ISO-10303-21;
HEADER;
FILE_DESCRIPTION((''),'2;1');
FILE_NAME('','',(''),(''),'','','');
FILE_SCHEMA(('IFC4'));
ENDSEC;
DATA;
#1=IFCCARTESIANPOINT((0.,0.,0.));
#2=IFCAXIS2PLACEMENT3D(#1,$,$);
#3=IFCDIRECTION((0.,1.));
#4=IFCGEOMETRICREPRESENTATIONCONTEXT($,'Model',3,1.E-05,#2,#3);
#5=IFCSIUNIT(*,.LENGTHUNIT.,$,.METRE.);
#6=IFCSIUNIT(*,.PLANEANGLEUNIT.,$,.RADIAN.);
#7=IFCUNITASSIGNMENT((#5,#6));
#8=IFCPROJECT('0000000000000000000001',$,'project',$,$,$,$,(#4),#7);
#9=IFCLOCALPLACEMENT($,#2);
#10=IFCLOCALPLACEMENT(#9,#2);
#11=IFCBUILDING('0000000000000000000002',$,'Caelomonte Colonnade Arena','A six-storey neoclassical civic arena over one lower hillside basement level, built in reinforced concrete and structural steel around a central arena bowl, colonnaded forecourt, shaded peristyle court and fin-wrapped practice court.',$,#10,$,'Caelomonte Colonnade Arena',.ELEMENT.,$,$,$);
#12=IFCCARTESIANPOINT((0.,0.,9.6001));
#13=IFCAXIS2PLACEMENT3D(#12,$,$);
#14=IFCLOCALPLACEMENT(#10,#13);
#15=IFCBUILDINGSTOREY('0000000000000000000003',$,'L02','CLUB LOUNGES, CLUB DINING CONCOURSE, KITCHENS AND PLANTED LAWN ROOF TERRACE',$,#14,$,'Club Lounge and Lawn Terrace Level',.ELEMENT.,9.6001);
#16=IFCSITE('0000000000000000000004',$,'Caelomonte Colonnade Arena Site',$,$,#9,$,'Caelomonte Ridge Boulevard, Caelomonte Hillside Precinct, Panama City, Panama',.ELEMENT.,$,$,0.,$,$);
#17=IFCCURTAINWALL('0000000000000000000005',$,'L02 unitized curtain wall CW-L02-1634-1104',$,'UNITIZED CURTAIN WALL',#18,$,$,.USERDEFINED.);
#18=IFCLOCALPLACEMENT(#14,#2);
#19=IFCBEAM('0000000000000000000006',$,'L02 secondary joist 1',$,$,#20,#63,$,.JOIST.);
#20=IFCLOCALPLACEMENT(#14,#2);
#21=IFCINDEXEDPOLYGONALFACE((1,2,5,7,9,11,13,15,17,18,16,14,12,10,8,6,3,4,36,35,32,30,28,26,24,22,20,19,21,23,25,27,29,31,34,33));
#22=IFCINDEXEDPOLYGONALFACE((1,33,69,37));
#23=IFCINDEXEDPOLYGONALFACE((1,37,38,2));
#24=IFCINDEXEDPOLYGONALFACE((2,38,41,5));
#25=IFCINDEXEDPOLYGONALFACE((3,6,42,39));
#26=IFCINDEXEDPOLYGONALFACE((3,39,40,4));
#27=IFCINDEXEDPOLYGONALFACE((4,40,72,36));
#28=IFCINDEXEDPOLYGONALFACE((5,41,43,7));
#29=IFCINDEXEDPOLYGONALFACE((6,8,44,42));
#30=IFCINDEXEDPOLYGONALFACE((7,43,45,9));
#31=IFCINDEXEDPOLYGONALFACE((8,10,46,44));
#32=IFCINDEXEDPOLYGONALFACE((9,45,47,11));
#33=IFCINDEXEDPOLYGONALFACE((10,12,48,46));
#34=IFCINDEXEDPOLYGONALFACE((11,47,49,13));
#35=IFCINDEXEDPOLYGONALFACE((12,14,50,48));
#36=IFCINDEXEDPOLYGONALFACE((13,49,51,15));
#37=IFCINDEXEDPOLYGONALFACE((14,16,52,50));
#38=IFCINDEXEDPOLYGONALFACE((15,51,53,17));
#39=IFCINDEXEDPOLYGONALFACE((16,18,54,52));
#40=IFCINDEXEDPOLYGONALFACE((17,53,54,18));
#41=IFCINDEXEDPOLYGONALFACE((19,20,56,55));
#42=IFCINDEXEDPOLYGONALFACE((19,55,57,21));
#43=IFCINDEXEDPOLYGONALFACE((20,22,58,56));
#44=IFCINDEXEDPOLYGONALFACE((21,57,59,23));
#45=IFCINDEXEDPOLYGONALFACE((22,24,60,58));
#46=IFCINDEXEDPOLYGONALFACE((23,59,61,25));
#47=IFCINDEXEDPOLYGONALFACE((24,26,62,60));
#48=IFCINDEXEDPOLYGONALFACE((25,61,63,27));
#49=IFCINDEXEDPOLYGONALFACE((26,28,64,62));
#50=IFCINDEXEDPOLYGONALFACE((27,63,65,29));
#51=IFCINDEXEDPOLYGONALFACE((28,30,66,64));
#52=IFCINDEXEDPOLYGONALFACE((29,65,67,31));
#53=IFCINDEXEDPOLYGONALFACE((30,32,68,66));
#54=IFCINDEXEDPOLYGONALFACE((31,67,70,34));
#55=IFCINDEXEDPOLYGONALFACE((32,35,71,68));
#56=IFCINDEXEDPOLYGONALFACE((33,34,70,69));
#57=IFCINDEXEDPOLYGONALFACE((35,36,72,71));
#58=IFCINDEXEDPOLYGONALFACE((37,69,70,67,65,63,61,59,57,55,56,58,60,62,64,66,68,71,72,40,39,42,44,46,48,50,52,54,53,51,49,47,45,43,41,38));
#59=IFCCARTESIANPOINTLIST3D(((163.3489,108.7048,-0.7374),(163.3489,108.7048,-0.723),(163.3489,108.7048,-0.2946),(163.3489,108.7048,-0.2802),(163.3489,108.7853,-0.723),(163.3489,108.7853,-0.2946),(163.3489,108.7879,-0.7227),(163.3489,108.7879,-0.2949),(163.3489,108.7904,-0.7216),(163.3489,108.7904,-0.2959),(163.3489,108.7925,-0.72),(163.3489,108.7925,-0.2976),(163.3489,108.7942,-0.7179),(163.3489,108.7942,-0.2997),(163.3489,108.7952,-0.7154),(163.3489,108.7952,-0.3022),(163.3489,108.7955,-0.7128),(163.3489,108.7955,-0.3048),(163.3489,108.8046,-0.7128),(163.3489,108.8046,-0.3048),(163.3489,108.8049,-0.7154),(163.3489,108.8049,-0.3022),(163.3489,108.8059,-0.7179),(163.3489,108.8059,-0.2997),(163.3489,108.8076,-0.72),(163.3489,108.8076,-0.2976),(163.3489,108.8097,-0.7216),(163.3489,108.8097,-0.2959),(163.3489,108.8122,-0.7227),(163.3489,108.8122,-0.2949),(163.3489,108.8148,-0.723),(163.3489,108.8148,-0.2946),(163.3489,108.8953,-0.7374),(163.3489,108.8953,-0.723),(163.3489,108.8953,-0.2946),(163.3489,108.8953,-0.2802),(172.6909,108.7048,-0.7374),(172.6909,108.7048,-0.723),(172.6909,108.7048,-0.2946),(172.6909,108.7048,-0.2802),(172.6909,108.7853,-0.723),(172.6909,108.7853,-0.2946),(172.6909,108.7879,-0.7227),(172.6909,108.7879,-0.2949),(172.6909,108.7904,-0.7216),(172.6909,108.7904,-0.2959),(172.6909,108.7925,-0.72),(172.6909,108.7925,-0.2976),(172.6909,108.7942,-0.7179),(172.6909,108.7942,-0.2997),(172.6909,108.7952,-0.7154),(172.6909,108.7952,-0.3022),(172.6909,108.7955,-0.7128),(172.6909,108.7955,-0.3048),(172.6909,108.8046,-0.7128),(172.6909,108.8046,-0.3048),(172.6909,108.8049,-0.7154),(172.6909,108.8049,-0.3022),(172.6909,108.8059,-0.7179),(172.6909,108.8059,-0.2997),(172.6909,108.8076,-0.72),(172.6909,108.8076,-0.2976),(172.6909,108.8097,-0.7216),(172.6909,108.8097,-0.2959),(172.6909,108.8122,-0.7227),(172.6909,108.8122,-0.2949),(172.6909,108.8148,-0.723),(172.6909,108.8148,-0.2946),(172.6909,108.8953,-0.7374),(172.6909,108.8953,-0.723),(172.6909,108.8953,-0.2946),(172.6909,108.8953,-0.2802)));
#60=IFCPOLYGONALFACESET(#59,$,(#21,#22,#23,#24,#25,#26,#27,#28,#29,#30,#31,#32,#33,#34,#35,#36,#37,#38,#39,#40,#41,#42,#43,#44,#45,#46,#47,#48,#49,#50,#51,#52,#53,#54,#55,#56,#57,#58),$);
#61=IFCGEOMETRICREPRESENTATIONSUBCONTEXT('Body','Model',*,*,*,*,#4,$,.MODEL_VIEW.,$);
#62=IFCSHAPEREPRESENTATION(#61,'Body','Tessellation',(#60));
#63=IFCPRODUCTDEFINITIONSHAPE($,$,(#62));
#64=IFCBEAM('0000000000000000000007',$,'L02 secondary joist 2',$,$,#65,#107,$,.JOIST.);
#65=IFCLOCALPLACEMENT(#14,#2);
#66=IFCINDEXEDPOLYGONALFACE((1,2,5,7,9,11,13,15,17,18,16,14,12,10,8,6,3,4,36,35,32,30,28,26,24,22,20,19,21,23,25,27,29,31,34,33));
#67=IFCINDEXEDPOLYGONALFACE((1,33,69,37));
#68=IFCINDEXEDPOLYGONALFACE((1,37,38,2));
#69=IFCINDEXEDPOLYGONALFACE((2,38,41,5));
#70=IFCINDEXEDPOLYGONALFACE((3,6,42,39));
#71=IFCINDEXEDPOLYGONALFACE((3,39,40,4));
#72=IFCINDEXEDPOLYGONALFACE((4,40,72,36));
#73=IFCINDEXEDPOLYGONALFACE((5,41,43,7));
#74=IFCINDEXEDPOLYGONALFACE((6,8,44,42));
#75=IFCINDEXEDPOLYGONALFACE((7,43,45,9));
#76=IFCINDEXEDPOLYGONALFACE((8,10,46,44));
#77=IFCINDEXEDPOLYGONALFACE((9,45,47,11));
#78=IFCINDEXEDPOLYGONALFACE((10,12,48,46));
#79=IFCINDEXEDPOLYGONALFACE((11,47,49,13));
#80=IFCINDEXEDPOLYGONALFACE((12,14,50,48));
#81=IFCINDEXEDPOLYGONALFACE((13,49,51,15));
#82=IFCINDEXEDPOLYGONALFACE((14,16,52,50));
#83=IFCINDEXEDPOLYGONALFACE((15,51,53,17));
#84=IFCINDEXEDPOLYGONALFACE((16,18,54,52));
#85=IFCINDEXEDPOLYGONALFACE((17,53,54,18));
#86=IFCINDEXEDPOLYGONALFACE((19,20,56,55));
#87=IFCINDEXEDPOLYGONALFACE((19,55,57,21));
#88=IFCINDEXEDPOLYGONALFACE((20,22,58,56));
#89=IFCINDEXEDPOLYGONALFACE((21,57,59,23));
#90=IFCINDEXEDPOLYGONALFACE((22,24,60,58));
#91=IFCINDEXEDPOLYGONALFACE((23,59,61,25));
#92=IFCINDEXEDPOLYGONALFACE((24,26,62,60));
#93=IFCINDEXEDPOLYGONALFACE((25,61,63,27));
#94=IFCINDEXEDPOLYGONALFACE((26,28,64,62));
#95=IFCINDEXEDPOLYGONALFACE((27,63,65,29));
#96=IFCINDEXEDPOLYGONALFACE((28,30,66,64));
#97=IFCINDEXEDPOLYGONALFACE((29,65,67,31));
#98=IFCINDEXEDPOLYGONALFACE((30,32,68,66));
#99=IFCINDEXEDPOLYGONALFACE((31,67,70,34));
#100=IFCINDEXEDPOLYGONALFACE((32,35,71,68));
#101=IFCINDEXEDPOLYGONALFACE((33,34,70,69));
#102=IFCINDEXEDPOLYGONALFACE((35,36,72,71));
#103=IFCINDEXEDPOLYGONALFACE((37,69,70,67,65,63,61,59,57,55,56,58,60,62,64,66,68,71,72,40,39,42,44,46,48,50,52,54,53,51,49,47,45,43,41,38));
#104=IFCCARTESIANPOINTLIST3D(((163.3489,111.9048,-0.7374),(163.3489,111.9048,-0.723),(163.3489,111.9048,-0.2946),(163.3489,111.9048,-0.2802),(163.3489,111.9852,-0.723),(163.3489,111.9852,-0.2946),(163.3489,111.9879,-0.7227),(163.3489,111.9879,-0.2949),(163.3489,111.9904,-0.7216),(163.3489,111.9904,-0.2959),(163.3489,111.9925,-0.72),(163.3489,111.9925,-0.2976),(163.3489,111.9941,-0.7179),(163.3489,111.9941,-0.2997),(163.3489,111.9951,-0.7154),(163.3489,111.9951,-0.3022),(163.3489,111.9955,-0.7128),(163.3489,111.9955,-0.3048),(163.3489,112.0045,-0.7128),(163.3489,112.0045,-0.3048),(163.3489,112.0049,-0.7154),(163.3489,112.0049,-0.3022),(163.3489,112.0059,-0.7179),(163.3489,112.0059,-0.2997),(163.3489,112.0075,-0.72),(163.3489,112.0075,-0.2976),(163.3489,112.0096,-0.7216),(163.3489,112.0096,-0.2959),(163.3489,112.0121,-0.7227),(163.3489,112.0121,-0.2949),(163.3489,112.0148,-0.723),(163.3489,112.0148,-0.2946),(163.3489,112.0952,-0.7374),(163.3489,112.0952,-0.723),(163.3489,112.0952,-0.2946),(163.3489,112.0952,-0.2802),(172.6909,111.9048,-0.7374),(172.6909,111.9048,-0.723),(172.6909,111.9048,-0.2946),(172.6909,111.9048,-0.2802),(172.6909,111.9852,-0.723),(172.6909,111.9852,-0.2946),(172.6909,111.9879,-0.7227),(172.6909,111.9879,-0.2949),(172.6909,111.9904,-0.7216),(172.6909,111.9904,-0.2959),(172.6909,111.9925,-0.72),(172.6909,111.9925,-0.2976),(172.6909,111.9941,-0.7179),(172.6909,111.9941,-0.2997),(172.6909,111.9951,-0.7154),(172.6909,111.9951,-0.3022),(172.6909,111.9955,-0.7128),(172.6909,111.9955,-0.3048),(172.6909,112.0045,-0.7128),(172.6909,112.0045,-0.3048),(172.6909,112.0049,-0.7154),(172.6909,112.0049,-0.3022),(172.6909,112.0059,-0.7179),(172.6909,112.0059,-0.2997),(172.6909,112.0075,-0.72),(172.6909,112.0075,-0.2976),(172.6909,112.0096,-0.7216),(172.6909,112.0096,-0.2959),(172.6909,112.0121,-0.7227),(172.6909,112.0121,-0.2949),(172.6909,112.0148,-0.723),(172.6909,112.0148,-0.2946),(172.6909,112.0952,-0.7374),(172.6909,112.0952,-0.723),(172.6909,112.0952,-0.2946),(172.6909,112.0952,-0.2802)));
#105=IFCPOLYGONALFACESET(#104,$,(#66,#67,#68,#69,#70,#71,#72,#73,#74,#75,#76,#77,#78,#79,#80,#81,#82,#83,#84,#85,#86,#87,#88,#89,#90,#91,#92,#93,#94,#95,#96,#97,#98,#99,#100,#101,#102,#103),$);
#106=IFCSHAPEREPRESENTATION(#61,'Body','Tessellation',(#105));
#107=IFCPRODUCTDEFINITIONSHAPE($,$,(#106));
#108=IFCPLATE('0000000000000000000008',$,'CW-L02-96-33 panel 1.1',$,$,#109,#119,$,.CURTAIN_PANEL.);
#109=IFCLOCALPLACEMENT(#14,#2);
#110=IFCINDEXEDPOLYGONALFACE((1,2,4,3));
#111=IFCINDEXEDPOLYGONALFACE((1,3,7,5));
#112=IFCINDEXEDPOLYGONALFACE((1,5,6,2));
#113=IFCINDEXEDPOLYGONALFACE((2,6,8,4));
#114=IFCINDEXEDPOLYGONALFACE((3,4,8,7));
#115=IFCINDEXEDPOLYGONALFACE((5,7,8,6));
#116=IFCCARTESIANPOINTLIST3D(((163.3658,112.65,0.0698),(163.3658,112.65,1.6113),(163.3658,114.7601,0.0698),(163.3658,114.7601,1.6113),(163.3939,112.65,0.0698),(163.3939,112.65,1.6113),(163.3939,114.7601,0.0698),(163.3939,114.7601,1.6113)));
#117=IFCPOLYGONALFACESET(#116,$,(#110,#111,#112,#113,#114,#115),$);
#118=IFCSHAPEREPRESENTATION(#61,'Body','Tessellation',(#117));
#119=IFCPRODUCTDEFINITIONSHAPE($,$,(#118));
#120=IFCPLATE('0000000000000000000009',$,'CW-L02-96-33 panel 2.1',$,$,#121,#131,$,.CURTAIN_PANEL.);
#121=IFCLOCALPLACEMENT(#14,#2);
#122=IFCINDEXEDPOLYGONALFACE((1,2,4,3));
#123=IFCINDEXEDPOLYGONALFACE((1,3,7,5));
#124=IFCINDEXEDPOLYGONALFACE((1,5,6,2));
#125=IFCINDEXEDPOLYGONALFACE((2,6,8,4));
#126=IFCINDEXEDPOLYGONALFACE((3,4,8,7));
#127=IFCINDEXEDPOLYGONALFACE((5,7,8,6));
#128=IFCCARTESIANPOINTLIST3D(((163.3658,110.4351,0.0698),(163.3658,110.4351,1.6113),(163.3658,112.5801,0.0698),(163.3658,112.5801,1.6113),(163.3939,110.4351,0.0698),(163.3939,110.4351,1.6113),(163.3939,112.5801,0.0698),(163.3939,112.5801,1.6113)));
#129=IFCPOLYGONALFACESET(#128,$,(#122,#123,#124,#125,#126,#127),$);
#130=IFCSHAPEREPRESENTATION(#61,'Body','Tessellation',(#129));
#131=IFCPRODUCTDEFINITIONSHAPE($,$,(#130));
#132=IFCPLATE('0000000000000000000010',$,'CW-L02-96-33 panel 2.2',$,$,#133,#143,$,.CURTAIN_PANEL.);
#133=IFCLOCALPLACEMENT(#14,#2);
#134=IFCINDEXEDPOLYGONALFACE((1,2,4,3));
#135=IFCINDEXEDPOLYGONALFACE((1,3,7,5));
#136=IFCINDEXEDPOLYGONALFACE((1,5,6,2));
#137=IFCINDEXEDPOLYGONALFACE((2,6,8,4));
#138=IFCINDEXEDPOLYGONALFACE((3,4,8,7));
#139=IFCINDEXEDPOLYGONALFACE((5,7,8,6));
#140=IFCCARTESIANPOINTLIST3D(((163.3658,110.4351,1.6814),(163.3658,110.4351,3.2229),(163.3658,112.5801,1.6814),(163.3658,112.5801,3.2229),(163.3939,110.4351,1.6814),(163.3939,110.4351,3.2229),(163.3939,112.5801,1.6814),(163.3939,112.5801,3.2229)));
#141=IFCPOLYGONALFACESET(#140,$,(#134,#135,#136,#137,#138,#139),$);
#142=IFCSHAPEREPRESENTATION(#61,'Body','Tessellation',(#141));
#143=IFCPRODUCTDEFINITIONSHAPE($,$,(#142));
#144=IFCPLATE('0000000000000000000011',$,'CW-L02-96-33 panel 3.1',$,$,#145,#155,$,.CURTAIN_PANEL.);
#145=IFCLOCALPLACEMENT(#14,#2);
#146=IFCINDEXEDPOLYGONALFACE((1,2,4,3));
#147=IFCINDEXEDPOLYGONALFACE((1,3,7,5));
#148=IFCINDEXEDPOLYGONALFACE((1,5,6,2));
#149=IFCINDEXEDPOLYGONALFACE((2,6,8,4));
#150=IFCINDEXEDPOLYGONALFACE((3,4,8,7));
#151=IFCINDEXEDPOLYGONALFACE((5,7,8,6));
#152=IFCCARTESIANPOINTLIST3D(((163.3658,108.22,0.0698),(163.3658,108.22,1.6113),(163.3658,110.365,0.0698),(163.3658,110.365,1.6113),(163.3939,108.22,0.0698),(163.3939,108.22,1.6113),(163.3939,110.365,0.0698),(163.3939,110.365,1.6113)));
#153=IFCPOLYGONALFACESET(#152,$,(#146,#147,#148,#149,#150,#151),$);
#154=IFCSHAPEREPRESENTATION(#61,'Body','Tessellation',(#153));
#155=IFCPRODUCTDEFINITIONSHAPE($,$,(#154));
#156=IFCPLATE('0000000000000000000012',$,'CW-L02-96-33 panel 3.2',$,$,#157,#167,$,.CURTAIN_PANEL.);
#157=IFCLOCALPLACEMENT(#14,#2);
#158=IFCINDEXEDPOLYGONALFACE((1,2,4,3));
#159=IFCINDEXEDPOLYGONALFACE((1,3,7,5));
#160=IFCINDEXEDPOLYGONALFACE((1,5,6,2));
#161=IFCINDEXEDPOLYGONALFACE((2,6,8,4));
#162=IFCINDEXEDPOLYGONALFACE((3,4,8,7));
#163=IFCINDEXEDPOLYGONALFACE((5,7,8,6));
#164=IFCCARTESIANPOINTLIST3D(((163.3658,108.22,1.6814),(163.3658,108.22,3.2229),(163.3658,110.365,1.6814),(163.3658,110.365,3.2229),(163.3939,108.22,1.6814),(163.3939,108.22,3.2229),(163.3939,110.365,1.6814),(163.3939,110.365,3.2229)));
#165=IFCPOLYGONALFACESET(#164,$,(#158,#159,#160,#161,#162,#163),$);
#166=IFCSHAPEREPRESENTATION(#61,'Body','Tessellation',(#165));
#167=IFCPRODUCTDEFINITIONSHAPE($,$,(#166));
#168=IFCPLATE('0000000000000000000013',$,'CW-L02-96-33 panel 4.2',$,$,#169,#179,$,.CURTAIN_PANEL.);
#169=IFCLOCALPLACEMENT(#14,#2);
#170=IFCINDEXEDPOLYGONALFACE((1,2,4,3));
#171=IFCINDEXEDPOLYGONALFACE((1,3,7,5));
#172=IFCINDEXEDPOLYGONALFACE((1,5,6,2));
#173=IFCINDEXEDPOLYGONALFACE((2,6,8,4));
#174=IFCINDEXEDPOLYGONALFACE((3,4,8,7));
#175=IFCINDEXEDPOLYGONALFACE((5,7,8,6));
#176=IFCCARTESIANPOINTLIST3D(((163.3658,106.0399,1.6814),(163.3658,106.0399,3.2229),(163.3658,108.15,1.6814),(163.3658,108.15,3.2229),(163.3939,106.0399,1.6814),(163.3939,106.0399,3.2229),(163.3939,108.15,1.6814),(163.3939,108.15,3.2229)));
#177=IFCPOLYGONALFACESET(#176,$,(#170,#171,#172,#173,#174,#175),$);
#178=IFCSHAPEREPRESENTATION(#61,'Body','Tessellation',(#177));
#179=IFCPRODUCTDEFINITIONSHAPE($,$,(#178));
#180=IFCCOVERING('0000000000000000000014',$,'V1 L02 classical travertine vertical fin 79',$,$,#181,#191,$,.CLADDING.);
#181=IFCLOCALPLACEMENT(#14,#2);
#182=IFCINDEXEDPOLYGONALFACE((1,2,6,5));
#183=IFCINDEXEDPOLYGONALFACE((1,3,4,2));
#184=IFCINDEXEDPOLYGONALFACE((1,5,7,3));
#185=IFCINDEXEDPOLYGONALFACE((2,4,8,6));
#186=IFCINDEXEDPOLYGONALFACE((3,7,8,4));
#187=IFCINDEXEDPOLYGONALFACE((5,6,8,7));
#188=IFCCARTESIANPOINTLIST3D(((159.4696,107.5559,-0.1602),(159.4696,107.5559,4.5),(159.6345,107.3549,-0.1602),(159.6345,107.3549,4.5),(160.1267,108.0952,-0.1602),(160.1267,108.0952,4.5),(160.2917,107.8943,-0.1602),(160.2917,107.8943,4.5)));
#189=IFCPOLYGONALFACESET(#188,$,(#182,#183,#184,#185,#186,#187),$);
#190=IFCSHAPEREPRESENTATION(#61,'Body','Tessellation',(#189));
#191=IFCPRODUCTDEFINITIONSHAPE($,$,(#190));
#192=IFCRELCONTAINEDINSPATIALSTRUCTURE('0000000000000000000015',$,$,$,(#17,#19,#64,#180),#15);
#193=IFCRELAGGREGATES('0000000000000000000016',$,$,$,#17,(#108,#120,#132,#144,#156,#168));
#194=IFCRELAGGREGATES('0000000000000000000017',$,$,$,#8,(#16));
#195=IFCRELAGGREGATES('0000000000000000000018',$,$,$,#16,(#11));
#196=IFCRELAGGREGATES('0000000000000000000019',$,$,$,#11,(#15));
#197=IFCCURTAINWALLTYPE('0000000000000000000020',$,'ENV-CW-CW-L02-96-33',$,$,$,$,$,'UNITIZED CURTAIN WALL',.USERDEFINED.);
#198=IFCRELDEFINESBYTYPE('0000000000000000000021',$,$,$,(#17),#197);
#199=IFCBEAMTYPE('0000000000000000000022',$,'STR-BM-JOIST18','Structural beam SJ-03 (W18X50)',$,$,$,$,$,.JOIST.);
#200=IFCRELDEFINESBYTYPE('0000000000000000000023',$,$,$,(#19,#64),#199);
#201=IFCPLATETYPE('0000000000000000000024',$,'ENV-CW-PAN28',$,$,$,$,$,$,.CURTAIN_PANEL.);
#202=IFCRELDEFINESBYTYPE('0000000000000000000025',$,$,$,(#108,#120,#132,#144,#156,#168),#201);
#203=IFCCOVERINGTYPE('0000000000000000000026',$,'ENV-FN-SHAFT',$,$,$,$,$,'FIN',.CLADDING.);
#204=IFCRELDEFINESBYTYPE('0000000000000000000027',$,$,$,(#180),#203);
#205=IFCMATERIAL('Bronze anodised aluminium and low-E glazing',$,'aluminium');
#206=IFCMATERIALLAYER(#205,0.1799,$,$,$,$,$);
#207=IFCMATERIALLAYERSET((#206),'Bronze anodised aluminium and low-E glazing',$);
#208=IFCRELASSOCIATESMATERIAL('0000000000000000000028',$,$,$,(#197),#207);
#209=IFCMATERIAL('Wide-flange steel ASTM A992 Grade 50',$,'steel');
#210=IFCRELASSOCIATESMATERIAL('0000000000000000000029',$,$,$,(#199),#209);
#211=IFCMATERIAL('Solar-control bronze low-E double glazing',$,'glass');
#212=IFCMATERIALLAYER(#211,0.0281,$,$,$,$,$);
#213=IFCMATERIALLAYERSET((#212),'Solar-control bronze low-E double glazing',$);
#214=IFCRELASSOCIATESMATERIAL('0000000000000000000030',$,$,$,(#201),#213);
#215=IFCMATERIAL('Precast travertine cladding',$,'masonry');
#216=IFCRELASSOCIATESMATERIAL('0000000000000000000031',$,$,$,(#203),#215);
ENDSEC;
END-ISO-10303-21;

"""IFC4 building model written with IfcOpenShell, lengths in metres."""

from ifc_helpers import new_model, si_unit, direction, frame, origin, origin_2d, place, context, subcontext, project, spatial, rectangle, i_section, extrude, material, layer, layer_set, material_profile, profile_set, type_object, element, aggregate, save


model = new_model("IFC4")

# Units and contexts
model_context = context("Model", 3, precision=1e-05, world=origin(), true_north=direction((0.0, 1.0)))
body_context = subcontext(model_context, "Body", "Model", "MODEL_VIEW")
ifc_project = project(units=[si_unit("LENGTHUNIT", "METRE"), si_unit("PLANEANGLEUNIT", "RADIAN")], contexts=[model_context])

# Site, building, storey
site_placement = place(None, origin())
site = spatial("IfcSite", under=ifc_project, at=site_placement, Name="Caelomonte Colonnade Arena Site", LongName="Caelomonte Ridge Boulevard, Caelomonte Hillside Precinct, Panama City, Panama", CompositionType="ELEMENT", RefElevation=0.0)
building_placement = place(site_placement, origin())
building = spatial("IfcBuilding", under=site, at=building_placement, Name="Caelomonte Colonnade Arena", Description="A six-storey neoclassical civic arena over one lower hillside basement level, built in reinforced concrete and structural steel around a central arena bowl, colonnaded forecourt, shaded peristyle court and fin-wrapped practice court.", LongName="Caelomonte Colonnade Arena", CompositionType="ELEMENT")
storey_placement = place(building_placement, frame((0.0, 0.0, 9.6001)))
storey = spatial("IfcBuildingStorey", under=building, at=storey_placement, Name="L02", Description="CLUB LOUNGES, CLUB DINING CONCOURSE, KITCHENS AND PLANTED LAWN ROOF TERRACE", LongName="Club Lounge and Lawn Terrace Level", CompositionType="ELEMENT", Elevation=9.6001)

# Curtain wall
ifc_material_1 = material(Name="Bronze anodised aluminium and low-E glazing", Category="aluminium")
ifc_layer_1 = layer(ifc_material_1, 0.1799)
ifc_layer_set_1 = layer_set([ifc_layer_1], Name="Bronze anodised aluminium and low-E glazing")
curtain_wall_type_1 = type_object("IfcCurtainWallType", Name="ENV-CW-CW-L02-96-33", ElementType="UNITIZED CURTAIN WALL", PredefinedType="USERDEFINED", material=ifc_layer_set_1)
curtain_wall_1_placement = place(storey_placement, origin())
curtain_wall_1 = element("IfcCurtainWall", 1, at=curtain_wall_1_placement, inside=storey, type_object=curtain_wall_type_1, Name="L02 unitized curtain wall CW-L02-1634-1104", ObjectType="UNITIZED CURTAIN WALL", PredefinedType="USERDEFINED")

# Beams
ifc_material_2 = material(Name="Wide-flange steel ASTM A992 Grade 50", Category="steel")
ifc_material_profile_1 = material_profile(ifc_material_2, i_section(OverallWidth=0.1904, OverallDepth=0.4573, WebThickness=0.009, FlangeThickness=0.0144, FilletRadius=0.0103, at=origin_2d()), Name="W18X50")
ifc_profile_set_1 = profile_set([ifc_material_profile_1], Name="Wide-flange steel ASTM A992 Grade 50")
beam_type = type_object("IfcBeamType", Name="STR-BM-JOIST18", Description="Structural beam SJ-03 (W18X50)", PredefinedType="JOIST", material=ifc_profile_set_1)
for number, where, z_axis, x_axis, name in (
    (2, (163.3489, 108.8, -0.5088), (1.0, 0.0, 0.0), (0.0, 1.0, 0.0), "L02 secondary joist 1"),
    (3, (163.3489, 112.0, -0.5088), (1.0, 0.0, 0.0), (0.0, 1.0, 0.0), "L02 secondary joist 2"),
):
    element("IfcBeam", number, at=place(storey_placement, frame(where, z_axis=z_axis, x_axis=x_axis)), inside=storey, type_object=beam_type, Name=name, PredefinedType="JOIST", context=body_context, shape_type="SweptSolid", body=[
        extrude(i_section(OverallWidth=0.1904, OverallDepth=0.4573, WebThickness=0.009, FlangeThickness=0.0144, FilletRadius=0.0103, at=origin_2d()), origin(), (0.0, 0.0, 1.0), 9.342),
    ])

# Plates
ifc_material_3 = material(Name="Solar-control bronze low-E double glazing", Category="glass")
ifc_layer_2 = layer(ifc_material_3, 0.0281)
ifc_layer_set_2 = layer_set([ifc_layer_2], Name="Solar-control bronze low-E double glazing")
plate_type = type_object("IfcPlateType", Name="ENV-CW-PAN28", PredefinedType="CURTAIN_PANEL", material=ifc_layer_set_2)
plate_1_placement = place(storey_placement, frame((163.3799, 113.7051, 0.0698), z_axis=(0.0, 0.0, 1.0), x_axis=(0.0, -1.0, 0.0)))
plate_1 = element("IfcPlate", 4, at=plate_1_placement, type_object=plate_type, Name="CW-L02-96-33 panel 1.1", PredefinedType="CURTAIN_PANEL", context=body_context, shape_type="SweptSolid", body=[
    extrude(rectangle(XDim=2.1101, YDim=0.0281, at=origin_2d()), origin(), (0.0, 0.0, 1.0), 1.5415),
])
plate_2_placement = place(storey_placement, frame((163.3799, 111.5076, 0.0698), z_axis=(0.0, 0.0, 1.0), x_axis=(0.0, -1.0, 0.0)))
plate_2 = element("IfcPlate", 5, at=plate_2_placement, type_object=plate_type, Name="CW-L02-96-33 panel 2.1", PredefinedType="CURTAIN_PANEL", context=body_context, shape_type="SweptSolid", body=[
    extrude(rectangle(XDim=2.145, YDim=0.0281, at=origin_2d()), origin(), (0.0, 0.0, 1.0), 1.5415),
])
plate_3_placement = place(storey_placement, frame((163.3799, 111.5076, 1.6814), z_axis=(0.0, 0.0, 1.0), x_axis=(0.0, -1.0, 0.0)))
plate_3 = element("IfcPlate", 6, at=plate_3_placement, type_object=plate_type, Name="CW-L02-96-33 panel 2.2", PredefinedType="CURTAIN_PANEL", context=body_context, shape_type="SweptSolid", body=[
    extrude(rectangle(XDim=2.145, YDim=0.0281, at=origin_2d()), origin(), (0.0, 0.0, 1.0), 1.5415),
])
plate_4_placement = place(storey_placement, frame((163.3799, 109.2925, 0.0698), z_axis=(0.0, 0.0, 1.0), x_axis=(0.0, -1.0, 0.0)))
plate_4 = element("IfcPlate", 7, at=plate_4_placement, type_object=plate_type, Name="CW-L02-96-33 panel 3.1", PredefinedType="CURTAIN_PANEL", context=body_context, shape_type="SweptSolid", body=[
    extrude(rectangle(XDim=2.145, YDim=0.0281, at=origin_2d()), origin(), (0.0, 0.0, 1.0), 1.5415),
])
plate_5_placement = place(storey_placement, frame((163.3799, 109.2925, 1.6814), z_axis=(0.0, 0.0, 1.0), x_axis=(0.0, -1.0, 0.0)))
plate_5 = element("IfcPlate", 8, at=plate_5_placement, type_object=plate_type, Name="CW-L02-96-33 panel 3.2", PredefinedType="CURTAIN_PANEL", context=body_context, shape_type="SweptSolid", body=[
    extrude(rectangle(XDim=2.145, YDim=0.0281, at=origin_2d()), origin(), (0.0, 0.0, 1.0), 1.5415),
])
plate_6_placement = place(storey_placement, frame((163.3799, 107.095, 1.6814), z_axis=(0.0, 0.0, 1.0), x_axis=(0.0, -1.0, 0.0)))
plate_6 = element("IfcPlate", 9, at=plate_6_placement, type_object=plate_type, Name="CW-L02-96-33 panel 4.2", PredefinedType="CURTAIN_PANEL", context=body_context, shape_type="SweptSolid", body=[
    extrude(rectangle(XDim=2.1101, YDim=0.0281, at=origin_2d()), origin(), (0.0, 0.0, 1.0), 1.5415),
])
aggregate(curtain_wall_1, [plate_1, plate_2, plate_3, plate_4, plate_5, plate_6])

# Covering
ifc_material_4 = material(Name="Precast travertine cladding", Category="masonry")
ifc_material_profile_2 = material_profile(ifc_material_4, rectangle(XDim=0.26, YDim=0.8501, at=origin_2d()), Name="FIN260X850")
ifc_profile_set_2 = profile_set([ifc_material_profile_2], Name="Precast travertine cladding")
covering_type = type_object("IfcCoveringType", Name="ENV-FN-SHAFT", ElementType="FIN", PredefinedType="CLADDING", material=ifc_profile_set_2)
covering_placement = place(storey_placement, frame((159.8806, 107.7251, -0.1602), z_axis=(0.0, 0.0, 1.0), x_axis=(0.634414, -0.772994, 0.0)))
element("IfcCovering", 10, at=covering_placement, inside=storey, type_object=covering_type, Name="V1 L02 classical travertine vertical fin 79", PredefinedType="CLADDING", context=body_context, shape_type="SweptSolid", body=[
    extrude(rectangle(XDim=0.26, YDim=0.8501, at=origin_2d()), origin(), (0.0, 0.0, 1.0), 4.6602),
])

save(model, "model.ifc")
